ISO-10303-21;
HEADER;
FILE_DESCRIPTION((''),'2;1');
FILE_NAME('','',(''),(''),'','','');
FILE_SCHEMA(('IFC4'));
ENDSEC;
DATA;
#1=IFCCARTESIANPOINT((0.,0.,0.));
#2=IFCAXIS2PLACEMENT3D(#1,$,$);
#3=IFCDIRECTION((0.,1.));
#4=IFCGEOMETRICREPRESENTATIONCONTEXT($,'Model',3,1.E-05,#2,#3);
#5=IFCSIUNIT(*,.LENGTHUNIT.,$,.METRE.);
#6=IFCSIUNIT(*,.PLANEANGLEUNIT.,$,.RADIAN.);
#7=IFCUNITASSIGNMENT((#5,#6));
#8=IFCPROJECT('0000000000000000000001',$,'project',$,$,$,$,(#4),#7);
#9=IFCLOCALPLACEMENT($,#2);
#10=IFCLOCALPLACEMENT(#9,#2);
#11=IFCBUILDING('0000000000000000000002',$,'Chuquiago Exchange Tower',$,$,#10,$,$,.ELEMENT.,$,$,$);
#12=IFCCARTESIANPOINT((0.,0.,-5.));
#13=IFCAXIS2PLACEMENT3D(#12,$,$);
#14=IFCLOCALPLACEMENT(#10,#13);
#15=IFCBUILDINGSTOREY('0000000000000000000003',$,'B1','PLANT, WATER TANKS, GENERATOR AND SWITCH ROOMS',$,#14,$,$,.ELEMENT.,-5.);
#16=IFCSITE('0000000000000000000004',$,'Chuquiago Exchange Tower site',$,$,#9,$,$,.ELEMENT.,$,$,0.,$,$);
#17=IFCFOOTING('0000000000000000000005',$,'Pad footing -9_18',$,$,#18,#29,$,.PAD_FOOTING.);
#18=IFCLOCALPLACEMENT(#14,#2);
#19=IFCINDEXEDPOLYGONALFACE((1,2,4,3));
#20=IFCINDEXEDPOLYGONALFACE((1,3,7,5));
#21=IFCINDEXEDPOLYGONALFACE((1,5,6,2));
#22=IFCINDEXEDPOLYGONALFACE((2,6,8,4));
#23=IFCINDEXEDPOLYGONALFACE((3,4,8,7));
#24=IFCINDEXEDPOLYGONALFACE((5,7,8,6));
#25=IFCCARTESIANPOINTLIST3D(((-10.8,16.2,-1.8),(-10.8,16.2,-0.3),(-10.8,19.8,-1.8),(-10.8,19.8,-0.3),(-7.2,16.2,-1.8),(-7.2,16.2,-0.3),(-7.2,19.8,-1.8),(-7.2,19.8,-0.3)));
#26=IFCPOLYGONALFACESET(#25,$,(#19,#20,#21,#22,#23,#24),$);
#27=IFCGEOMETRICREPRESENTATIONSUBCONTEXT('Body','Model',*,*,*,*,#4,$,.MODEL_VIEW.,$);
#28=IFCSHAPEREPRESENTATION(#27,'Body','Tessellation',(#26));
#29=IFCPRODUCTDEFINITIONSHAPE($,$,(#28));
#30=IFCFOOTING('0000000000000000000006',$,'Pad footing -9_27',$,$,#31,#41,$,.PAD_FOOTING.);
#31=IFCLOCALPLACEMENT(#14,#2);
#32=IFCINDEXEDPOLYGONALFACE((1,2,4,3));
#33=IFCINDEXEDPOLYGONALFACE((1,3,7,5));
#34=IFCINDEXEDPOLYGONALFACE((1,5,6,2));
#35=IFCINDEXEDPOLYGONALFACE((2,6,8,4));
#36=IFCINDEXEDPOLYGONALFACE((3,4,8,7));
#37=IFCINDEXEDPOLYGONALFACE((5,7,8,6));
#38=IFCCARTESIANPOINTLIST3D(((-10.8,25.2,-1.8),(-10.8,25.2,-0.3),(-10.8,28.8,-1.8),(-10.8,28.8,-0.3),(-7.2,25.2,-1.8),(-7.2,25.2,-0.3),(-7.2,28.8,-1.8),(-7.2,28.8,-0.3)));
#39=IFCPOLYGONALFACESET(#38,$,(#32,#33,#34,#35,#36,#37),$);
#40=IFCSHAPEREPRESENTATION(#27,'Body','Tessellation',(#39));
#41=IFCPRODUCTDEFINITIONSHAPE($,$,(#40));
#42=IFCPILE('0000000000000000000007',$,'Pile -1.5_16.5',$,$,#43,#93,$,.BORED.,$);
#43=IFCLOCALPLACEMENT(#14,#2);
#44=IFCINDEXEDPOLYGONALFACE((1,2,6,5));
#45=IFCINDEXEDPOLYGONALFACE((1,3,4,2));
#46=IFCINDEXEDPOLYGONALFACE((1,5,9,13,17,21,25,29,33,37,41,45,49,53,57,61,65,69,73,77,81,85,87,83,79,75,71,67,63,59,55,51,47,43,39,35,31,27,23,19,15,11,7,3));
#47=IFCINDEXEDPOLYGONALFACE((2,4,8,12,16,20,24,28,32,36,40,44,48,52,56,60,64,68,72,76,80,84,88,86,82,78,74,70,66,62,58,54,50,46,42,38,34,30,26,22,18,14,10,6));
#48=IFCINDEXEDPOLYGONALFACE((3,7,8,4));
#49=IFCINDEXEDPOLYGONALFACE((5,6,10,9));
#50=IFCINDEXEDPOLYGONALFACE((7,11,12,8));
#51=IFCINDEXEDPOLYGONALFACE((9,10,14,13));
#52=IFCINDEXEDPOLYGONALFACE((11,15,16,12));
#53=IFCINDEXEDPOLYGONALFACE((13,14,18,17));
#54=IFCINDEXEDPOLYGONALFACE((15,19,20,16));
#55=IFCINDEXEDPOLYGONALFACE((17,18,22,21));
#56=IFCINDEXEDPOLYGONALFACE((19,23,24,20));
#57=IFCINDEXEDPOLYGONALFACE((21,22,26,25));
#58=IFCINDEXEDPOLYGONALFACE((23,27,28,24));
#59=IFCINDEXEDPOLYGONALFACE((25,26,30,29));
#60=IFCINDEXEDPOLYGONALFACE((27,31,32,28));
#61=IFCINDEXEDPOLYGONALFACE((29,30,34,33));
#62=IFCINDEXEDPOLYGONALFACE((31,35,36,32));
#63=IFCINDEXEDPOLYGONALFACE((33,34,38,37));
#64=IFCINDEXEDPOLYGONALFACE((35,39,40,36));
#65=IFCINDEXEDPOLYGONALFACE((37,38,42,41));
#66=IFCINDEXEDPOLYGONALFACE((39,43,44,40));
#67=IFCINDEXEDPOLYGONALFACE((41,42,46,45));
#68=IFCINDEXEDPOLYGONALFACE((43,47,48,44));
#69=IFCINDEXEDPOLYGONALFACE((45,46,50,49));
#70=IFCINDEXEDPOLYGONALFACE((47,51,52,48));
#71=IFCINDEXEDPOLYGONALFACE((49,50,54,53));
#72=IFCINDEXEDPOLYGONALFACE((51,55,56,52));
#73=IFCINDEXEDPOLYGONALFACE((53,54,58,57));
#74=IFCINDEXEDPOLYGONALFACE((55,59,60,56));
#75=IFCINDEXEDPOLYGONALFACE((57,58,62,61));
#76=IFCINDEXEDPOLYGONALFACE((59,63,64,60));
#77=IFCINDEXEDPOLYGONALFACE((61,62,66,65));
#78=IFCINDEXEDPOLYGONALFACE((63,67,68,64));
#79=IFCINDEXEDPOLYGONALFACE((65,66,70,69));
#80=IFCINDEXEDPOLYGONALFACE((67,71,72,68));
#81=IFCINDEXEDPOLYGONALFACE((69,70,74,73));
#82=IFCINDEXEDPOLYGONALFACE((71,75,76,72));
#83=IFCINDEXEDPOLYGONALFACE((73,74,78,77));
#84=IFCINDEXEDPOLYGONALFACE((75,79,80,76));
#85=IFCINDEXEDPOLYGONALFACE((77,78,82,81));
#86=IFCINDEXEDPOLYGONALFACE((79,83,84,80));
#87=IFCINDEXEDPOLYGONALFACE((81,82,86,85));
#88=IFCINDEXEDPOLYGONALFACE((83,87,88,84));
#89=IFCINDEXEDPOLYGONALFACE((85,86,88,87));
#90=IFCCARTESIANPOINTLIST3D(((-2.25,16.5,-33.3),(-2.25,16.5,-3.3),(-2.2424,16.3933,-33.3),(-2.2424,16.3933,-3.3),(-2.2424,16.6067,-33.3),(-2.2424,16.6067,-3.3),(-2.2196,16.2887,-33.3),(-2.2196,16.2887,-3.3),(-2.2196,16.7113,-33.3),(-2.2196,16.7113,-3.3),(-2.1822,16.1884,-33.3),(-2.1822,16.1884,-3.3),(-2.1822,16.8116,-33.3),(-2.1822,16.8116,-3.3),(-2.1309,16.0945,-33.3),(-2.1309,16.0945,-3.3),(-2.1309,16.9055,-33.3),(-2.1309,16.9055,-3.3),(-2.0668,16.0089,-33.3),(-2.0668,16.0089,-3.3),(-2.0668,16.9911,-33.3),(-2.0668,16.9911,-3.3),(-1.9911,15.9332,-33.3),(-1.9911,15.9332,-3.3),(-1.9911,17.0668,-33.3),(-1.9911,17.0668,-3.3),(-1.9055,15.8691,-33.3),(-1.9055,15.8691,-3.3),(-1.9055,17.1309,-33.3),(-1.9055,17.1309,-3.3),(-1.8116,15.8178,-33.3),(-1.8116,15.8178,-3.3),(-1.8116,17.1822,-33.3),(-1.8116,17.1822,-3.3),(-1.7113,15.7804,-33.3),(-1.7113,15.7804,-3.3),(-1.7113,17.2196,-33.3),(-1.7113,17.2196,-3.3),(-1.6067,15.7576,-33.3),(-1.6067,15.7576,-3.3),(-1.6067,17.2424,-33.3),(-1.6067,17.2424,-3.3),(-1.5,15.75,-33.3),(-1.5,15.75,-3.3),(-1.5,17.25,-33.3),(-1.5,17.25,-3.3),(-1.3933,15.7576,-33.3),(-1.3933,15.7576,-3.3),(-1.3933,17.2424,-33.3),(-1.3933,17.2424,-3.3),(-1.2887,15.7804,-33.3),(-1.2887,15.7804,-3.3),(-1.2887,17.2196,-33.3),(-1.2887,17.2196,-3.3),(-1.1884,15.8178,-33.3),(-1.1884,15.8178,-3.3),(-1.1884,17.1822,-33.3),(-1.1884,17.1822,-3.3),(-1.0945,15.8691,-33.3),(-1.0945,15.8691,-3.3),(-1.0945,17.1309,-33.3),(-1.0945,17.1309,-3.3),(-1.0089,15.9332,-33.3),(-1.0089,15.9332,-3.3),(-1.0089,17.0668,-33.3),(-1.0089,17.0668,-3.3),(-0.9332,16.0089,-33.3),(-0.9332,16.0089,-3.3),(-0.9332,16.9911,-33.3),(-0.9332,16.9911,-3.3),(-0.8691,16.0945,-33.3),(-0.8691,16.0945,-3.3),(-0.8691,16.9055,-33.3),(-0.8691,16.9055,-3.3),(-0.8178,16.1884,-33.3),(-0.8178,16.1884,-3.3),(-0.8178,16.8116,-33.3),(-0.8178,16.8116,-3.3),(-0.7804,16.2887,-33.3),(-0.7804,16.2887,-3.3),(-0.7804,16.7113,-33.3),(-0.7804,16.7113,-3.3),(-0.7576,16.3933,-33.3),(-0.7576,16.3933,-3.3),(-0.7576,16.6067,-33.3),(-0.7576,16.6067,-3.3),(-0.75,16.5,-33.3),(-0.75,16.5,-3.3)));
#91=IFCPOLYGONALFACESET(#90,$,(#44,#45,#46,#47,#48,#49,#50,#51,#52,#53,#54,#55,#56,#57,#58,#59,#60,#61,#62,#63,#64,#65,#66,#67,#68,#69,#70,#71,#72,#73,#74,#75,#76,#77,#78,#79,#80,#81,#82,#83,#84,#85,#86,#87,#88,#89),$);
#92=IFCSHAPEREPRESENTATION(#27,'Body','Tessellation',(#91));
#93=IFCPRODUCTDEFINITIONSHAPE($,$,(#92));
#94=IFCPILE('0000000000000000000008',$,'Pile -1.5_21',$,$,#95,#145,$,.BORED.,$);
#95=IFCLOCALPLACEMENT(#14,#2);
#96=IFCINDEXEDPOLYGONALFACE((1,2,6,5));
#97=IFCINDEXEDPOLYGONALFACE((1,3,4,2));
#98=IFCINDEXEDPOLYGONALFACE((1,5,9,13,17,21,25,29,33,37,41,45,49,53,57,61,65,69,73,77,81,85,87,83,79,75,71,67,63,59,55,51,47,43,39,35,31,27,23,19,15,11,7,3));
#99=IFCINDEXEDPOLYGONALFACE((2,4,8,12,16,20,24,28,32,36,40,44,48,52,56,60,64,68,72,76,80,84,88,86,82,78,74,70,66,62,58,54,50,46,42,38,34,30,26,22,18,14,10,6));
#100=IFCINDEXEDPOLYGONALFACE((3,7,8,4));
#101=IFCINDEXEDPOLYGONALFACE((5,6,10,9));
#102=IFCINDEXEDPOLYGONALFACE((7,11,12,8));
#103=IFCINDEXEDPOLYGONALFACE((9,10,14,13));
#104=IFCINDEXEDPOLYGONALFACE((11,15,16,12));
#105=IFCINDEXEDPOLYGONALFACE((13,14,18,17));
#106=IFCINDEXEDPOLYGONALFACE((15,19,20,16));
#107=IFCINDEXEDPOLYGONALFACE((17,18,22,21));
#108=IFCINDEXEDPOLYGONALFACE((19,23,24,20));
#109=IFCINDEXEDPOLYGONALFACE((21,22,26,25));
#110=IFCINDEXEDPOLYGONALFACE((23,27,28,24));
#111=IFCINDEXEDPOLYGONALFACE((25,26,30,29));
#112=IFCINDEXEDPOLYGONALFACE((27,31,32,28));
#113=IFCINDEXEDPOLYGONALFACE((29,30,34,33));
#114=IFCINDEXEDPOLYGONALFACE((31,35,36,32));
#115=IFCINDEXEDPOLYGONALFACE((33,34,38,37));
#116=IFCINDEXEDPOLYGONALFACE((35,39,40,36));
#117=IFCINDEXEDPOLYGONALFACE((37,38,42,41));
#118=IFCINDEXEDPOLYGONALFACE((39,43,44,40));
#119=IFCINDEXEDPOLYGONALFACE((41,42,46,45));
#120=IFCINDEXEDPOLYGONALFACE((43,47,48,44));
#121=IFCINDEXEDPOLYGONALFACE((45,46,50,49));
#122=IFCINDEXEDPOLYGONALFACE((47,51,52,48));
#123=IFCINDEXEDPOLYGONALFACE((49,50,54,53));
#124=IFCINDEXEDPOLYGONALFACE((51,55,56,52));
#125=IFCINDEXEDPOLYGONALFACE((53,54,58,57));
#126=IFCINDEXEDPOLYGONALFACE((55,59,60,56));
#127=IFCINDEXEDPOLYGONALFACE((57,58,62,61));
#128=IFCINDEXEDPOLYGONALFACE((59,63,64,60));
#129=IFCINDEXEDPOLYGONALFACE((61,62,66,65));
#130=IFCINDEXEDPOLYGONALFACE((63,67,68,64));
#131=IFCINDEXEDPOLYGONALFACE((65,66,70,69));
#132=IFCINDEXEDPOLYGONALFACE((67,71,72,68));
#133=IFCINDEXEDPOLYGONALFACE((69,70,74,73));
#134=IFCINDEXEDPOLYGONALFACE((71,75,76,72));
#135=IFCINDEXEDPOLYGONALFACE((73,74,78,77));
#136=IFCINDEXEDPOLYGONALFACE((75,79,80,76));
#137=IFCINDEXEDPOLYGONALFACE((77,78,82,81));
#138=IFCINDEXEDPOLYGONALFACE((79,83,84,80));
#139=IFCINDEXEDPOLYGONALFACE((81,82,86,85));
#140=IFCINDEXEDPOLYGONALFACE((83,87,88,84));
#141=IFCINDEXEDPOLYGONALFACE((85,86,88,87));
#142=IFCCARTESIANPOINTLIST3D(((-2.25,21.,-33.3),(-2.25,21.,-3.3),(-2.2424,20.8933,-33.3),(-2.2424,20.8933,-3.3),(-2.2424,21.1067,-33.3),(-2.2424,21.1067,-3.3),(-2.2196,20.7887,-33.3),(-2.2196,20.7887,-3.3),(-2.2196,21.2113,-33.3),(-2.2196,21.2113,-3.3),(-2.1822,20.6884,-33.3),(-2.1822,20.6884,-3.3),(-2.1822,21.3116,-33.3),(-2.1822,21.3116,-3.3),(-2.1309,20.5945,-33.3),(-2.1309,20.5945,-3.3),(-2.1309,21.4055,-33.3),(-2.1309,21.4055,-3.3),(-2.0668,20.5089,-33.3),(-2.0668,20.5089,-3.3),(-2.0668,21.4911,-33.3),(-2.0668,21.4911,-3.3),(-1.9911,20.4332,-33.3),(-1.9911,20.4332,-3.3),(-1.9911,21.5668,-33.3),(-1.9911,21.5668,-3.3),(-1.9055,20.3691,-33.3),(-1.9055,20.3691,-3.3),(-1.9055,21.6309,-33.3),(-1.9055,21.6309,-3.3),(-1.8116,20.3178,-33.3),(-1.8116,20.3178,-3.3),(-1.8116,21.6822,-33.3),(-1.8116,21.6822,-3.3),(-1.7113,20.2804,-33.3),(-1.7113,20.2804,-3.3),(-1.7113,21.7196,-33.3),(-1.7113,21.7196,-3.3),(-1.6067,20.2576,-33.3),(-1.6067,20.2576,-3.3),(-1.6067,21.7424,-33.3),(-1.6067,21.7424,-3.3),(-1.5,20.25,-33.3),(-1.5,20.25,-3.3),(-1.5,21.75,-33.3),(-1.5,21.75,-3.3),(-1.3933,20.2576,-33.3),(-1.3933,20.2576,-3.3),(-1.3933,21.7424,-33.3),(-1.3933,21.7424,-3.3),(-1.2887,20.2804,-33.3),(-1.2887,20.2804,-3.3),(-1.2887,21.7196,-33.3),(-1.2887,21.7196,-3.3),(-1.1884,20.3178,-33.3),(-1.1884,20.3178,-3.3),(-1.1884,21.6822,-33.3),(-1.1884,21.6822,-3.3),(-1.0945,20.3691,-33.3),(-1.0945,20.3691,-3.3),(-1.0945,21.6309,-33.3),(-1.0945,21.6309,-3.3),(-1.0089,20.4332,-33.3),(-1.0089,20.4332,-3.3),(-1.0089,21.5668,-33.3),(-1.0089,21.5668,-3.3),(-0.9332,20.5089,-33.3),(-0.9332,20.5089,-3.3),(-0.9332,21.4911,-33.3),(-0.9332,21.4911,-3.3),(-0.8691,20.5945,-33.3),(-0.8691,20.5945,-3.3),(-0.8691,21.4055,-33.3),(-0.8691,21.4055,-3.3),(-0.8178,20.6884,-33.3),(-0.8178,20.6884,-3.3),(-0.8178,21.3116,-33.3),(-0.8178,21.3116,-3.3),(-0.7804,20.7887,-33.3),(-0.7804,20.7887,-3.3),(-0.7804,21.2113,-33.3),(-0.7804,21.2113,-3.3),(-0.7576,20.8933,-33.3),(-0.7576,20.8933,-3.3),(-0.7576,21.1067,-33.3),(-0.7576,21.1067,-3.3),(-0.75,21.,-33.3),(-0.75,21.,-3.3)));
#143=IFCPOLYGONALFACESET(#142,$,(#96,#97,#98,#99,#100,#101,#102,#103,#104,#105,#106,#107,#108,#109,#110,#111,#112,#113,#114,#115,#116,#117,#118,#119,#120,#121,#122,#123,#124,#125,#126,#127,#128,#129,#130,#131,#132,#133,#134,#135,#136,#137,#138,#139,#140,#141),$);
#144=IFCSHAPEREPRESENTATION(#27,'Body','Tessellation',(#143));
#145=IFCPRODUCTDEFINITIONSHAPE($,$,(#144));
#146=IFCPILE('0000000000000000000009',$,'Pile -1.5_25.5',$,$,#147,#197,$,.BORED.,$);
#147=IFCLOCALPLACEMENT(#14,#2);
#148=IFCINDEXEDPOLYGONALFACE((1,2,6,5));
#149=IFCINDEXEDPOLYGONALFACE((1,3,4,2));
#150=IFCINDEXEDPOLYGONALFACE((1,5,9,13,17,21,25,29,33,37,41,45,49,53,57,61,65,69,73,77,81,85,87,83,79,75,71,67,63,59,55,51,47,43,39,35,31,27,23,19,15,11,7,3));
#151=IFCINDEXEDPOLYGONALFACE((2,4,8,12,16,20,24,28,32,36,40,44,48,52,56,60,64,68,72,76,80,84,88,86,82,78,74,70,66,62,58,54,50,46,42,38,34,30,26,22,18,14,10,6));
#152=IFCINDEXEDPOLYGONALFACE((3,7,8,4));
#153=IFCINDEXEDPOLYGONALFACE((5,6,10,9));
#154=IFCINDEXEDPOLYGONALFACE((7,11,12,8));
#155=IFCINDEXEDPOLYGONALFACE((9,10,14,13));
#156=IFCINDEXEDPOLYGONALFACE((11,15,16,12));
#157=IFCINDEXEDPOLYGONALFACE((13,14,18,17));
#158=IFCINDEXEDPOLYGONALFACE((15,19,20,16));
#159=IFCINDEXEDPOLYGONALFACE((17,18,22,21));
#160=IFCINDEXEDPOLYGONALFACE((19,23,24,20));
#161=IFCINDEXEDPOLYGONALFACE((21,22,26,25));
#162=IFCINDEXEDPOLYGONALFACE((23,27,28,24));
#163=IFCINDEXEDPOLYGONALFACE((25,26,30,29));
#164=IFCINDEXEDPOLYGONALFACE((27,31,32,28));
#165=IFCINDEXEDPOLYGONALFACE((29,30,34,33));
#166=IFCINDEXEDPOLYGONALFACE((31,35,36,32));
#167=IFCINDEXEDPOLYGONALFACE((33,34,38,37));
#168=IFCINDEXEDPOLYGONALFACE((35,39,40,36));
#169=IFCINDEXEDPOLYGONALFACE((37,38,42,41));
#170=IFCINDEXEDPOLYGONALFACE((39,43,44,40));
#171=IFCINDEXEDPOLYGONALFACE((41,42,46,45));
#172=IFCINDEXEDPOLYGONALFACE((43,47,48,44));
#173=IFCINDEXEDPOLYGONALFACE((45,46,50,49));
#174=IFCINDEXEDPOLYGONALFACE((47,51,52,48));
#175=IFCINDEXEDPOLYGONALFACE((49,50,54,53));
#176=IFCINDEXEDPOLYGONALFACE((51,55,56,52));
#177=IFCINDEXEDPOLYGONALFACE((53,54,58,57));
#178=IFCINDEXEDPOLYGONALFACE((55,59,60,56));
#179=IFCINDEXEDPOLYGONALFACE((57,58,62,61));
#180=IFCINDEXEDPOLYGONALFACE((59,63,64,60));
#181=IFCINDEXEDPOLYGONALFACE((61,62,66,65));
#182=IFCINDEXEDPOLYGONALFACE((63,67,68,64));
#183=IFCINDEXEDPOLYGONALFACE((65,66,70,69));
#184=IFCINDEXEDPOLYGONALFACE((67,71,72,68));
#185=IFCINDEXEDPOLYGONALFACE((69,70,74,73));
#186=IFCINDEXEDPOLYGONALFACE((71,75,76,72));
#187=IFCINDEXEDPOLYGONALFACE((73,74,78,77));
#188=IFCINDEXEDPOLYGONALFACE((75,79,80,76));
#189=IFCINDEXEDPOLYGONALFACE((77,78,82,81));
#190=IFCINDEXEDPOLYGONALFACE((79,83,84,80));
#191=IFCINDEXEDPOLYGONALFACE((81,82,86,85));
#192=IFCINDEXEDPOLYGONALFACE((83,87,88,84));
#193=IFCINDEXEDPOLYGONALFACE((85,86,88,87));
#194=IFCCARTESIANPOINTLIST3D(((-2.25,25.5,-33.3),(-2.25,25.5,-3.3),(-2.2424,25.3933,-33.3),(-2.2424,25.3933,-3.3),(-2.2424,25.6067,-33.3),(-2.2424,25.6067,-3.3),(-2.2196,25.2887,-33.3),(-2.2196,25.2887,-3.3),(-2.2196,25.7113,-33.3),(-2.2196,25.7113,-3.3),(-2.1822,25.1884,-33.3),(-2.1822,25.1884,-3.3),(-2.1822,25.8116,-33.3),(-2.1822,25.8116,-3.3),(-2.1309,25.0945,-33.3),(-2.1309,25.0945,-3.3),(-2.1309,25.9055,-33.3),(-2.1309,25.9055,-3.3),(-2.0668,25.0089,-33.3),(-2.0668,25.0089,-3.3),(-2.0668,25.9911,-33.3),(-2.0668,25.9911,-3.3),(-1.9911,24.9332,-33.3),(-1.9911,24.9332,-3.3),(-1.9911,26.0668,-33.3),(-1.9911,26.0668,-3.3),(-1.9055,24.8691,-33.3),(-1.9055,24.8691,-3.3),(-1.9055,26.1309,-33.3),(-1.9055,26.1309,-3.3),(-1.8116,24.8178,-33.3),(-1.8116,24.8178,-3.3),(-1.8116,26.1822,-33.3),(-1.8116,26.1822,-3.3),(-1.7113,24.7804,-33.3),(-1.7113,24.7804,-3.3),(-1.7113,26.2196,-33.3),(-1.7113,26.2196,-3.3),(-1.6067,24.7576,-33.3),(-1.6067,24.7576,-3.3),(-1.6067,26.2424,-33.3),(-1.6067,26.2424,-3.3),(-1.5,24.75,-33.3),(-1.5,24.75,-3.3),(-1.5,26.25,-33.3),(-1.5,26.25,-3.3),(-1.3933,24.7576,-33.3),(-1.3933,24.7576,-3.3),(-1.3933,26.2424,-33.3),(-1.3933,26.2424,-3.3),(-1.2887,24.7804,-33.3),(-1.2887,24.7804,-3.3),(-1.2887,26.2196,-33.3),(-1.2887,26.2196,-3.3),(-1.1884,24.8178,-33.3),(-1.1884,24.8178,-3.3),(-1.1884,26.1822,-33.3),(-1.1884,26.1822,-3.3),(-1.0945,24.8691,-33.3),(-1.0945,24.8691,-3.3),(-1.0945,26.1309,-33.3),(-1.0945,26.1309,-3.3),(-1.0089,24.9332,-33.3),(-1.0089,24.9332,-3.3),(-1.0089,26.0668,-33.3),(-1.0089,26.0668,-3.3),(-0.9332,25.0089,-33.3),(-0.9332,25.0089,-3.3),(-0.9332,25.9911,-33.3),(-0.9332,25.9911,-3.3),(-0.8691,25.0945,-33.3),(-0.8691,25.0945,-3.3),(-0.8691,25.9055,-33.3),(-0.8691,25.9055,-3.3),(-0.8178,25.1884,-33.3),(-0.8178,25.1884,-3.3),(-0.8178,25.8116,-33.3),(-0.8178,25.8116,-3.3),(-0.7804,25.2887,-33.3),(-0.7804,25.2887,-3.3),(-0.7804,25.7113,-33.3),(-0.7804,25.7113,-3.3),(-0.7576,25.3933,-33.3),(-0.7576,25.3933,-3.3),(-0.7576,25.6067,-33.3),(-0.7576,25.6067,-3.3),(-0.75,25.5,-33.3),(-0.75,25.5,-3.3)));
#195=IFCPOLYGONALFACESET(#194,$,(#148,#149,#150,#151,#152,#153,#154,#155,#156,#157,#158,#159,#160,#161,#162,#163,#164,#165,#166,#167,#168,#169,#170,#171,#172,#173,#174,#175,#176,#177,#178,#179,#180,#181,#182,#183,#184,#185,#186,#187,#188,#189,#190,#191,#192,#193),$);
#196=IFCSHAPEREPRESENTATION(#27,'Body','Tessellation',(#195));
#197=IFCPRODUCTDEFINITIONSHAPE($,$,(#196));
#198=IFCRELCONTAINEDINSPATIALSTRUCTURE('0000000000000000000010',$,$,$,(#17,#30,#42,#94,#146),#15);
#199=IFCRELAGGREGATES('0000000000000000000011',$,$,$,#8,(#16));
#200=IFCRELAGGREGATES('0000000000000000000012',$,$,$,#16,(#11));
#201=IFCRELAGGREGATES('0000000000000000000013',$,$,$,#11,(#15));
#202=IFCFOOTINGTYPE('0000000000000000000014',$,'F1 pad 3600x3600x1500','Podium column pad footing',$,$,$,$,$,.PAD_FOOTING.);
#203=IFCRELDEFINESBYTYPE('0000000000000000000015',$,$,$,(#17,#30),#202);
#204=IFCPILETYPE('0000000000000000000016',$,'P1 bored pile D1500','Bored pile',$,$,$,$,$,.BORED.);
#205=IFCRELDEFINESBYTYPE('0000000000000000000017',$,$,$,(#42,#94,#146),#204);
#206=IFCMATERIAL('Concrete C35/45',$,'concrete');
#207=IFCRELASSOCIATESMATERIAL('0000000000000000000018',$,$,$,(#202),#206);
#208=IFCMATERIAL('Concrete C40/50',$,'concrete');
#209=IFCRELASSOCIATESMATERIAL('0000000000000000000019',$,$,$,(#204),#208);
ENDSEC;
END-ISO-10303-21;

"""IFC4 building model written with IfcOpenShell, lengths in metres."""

from ifc_helpers import new_model, si_unit, direction, frame, origin, origin_2d, place, context, subcontext, project, spatial, rectangle, circle, extrude, material, material_profile, profile_set, type_object, element, save


model = new_model("IFC4")

# Units and contexts
model_context = context("Model", 3, precision=1e-05, world=origin(), true_north=direction((0.0, 1.0)))
body_context = subcontext(model_context, "Body", "Model", "MODEL_VIEW")
ifc_project = project(units=[si_unit("LENGTHUNIT", "METRE"), si_unit("PLANEANGLEUNIT", "RADIAN")], contexts=[model_context])

# Site, building, storey
site_placement = place(None, origin())
site = spatial("IfcSite", under=ifc_project, at=site_placement, Name="Chuquiago Exchange Tower site", CompositionType="ELEMENT", RefElevation=0.0)
building_placement = place(site_placement, origin())
building = spatial("IfcBuilding", under=site, at=building_placement, Name="Chuquiago Exchange Tower", CompositionType="ELEMENT")
storey_placement = place(building_placement, frame((0.0, 0.0, -5.0)))
storey = spatial("IfcBuildingStorey", under=building, at=storey_placement, Name="B1", Description="PLANT, WATER TANKS, GENERATOR AND SWITCH ROOMS", CompositionType="ELEMENT", Elevation=-5.0)

# Footings
ifc_material_1 = material(Name="Concrete C35/45", Category="concrete")
footing_type = type_object("IfcFootingType", Name="F1 pad 3600x3600x1500", Description="Podium column pad footing", PredefinedType="PAD_FOOTING", material=ifc_material_1)
for number, where, z_axis, x_axis, name in (
    (1, (-9.0, 18.0, -1.8), (0.0, 0.0, 1.0), (1.0, 0.0, 0.0), "Pad footing -9_18"),
    (2, (-9.0, 27.0, -1.8), (0.0, 0.0, 1.0), (1.0, 0.0, 0.0), "Pad footing -9_27"),
):
    element("IfcFooting", number, at=place(storey_placement, frame(where, z_axis=z_axis, x_axis=x_axis)), inside=storey, type_object=footing_type, Name=name, PredefinedType="PAD_FOOTING", context=body_context, shape_type="SweptSolid", body=[
        extrude(rectangle(XDim=3.6001, YDim=3.6001, at=origin_2d()), origin(), (0.0, 0.0, 1.0), 1.5),
    ])

# Piles
ifc_material_2 = material(Name="Concrete C40/50", Category="concrete")
ifc_material_profile_1 = material_profile(ifc_material_2, circle(Radius=0.75, at=origin_2d()), Name="D1500")
ifc_profile_set_1 = profile_set([ifc_material_profile_1], Name="Concrete C40/50")
pile_type = type_object("IfcPileType", Name="P1 bored pile D1500", Description="Bored pile", PredefinedType="BORED", material=ifc_profile_set_1)
for number, where, z_axis, x_axis, name in (
    (3, (-1.5, 16.5, -3.3), (0.0, 0.0, -1.0), (1.0, 0.0, 0.0), "Pile -1.5_16.5"),
    (4, (-1.5, 21.0, -3.3), (0.0, 0.0, -1.0), (1.0, 0.0, 0.0), "Pile -1.5_21"),
    (5, (-1.5, 25.5, -3.3), (0.0, 0.0, -1.0), (1.0, 0.0, 0.0), "Pile -1.5_25.5"),
):
    element("IfcPile", number, at=place(storey_placement, frame(where, z_axis=z_axis, x_axis=x_axis)), inside=storey, type_object=pile_type, Name=name, PredefinedType="BORED", context=body_context, shape_type="SweptSolid", body=[
        extrude(circle(Radius=0.75, at=origin_2d()), origin(), (0.0, 0.0, 1.0), 30.0),
    ])

save(model, "model.ifc")
